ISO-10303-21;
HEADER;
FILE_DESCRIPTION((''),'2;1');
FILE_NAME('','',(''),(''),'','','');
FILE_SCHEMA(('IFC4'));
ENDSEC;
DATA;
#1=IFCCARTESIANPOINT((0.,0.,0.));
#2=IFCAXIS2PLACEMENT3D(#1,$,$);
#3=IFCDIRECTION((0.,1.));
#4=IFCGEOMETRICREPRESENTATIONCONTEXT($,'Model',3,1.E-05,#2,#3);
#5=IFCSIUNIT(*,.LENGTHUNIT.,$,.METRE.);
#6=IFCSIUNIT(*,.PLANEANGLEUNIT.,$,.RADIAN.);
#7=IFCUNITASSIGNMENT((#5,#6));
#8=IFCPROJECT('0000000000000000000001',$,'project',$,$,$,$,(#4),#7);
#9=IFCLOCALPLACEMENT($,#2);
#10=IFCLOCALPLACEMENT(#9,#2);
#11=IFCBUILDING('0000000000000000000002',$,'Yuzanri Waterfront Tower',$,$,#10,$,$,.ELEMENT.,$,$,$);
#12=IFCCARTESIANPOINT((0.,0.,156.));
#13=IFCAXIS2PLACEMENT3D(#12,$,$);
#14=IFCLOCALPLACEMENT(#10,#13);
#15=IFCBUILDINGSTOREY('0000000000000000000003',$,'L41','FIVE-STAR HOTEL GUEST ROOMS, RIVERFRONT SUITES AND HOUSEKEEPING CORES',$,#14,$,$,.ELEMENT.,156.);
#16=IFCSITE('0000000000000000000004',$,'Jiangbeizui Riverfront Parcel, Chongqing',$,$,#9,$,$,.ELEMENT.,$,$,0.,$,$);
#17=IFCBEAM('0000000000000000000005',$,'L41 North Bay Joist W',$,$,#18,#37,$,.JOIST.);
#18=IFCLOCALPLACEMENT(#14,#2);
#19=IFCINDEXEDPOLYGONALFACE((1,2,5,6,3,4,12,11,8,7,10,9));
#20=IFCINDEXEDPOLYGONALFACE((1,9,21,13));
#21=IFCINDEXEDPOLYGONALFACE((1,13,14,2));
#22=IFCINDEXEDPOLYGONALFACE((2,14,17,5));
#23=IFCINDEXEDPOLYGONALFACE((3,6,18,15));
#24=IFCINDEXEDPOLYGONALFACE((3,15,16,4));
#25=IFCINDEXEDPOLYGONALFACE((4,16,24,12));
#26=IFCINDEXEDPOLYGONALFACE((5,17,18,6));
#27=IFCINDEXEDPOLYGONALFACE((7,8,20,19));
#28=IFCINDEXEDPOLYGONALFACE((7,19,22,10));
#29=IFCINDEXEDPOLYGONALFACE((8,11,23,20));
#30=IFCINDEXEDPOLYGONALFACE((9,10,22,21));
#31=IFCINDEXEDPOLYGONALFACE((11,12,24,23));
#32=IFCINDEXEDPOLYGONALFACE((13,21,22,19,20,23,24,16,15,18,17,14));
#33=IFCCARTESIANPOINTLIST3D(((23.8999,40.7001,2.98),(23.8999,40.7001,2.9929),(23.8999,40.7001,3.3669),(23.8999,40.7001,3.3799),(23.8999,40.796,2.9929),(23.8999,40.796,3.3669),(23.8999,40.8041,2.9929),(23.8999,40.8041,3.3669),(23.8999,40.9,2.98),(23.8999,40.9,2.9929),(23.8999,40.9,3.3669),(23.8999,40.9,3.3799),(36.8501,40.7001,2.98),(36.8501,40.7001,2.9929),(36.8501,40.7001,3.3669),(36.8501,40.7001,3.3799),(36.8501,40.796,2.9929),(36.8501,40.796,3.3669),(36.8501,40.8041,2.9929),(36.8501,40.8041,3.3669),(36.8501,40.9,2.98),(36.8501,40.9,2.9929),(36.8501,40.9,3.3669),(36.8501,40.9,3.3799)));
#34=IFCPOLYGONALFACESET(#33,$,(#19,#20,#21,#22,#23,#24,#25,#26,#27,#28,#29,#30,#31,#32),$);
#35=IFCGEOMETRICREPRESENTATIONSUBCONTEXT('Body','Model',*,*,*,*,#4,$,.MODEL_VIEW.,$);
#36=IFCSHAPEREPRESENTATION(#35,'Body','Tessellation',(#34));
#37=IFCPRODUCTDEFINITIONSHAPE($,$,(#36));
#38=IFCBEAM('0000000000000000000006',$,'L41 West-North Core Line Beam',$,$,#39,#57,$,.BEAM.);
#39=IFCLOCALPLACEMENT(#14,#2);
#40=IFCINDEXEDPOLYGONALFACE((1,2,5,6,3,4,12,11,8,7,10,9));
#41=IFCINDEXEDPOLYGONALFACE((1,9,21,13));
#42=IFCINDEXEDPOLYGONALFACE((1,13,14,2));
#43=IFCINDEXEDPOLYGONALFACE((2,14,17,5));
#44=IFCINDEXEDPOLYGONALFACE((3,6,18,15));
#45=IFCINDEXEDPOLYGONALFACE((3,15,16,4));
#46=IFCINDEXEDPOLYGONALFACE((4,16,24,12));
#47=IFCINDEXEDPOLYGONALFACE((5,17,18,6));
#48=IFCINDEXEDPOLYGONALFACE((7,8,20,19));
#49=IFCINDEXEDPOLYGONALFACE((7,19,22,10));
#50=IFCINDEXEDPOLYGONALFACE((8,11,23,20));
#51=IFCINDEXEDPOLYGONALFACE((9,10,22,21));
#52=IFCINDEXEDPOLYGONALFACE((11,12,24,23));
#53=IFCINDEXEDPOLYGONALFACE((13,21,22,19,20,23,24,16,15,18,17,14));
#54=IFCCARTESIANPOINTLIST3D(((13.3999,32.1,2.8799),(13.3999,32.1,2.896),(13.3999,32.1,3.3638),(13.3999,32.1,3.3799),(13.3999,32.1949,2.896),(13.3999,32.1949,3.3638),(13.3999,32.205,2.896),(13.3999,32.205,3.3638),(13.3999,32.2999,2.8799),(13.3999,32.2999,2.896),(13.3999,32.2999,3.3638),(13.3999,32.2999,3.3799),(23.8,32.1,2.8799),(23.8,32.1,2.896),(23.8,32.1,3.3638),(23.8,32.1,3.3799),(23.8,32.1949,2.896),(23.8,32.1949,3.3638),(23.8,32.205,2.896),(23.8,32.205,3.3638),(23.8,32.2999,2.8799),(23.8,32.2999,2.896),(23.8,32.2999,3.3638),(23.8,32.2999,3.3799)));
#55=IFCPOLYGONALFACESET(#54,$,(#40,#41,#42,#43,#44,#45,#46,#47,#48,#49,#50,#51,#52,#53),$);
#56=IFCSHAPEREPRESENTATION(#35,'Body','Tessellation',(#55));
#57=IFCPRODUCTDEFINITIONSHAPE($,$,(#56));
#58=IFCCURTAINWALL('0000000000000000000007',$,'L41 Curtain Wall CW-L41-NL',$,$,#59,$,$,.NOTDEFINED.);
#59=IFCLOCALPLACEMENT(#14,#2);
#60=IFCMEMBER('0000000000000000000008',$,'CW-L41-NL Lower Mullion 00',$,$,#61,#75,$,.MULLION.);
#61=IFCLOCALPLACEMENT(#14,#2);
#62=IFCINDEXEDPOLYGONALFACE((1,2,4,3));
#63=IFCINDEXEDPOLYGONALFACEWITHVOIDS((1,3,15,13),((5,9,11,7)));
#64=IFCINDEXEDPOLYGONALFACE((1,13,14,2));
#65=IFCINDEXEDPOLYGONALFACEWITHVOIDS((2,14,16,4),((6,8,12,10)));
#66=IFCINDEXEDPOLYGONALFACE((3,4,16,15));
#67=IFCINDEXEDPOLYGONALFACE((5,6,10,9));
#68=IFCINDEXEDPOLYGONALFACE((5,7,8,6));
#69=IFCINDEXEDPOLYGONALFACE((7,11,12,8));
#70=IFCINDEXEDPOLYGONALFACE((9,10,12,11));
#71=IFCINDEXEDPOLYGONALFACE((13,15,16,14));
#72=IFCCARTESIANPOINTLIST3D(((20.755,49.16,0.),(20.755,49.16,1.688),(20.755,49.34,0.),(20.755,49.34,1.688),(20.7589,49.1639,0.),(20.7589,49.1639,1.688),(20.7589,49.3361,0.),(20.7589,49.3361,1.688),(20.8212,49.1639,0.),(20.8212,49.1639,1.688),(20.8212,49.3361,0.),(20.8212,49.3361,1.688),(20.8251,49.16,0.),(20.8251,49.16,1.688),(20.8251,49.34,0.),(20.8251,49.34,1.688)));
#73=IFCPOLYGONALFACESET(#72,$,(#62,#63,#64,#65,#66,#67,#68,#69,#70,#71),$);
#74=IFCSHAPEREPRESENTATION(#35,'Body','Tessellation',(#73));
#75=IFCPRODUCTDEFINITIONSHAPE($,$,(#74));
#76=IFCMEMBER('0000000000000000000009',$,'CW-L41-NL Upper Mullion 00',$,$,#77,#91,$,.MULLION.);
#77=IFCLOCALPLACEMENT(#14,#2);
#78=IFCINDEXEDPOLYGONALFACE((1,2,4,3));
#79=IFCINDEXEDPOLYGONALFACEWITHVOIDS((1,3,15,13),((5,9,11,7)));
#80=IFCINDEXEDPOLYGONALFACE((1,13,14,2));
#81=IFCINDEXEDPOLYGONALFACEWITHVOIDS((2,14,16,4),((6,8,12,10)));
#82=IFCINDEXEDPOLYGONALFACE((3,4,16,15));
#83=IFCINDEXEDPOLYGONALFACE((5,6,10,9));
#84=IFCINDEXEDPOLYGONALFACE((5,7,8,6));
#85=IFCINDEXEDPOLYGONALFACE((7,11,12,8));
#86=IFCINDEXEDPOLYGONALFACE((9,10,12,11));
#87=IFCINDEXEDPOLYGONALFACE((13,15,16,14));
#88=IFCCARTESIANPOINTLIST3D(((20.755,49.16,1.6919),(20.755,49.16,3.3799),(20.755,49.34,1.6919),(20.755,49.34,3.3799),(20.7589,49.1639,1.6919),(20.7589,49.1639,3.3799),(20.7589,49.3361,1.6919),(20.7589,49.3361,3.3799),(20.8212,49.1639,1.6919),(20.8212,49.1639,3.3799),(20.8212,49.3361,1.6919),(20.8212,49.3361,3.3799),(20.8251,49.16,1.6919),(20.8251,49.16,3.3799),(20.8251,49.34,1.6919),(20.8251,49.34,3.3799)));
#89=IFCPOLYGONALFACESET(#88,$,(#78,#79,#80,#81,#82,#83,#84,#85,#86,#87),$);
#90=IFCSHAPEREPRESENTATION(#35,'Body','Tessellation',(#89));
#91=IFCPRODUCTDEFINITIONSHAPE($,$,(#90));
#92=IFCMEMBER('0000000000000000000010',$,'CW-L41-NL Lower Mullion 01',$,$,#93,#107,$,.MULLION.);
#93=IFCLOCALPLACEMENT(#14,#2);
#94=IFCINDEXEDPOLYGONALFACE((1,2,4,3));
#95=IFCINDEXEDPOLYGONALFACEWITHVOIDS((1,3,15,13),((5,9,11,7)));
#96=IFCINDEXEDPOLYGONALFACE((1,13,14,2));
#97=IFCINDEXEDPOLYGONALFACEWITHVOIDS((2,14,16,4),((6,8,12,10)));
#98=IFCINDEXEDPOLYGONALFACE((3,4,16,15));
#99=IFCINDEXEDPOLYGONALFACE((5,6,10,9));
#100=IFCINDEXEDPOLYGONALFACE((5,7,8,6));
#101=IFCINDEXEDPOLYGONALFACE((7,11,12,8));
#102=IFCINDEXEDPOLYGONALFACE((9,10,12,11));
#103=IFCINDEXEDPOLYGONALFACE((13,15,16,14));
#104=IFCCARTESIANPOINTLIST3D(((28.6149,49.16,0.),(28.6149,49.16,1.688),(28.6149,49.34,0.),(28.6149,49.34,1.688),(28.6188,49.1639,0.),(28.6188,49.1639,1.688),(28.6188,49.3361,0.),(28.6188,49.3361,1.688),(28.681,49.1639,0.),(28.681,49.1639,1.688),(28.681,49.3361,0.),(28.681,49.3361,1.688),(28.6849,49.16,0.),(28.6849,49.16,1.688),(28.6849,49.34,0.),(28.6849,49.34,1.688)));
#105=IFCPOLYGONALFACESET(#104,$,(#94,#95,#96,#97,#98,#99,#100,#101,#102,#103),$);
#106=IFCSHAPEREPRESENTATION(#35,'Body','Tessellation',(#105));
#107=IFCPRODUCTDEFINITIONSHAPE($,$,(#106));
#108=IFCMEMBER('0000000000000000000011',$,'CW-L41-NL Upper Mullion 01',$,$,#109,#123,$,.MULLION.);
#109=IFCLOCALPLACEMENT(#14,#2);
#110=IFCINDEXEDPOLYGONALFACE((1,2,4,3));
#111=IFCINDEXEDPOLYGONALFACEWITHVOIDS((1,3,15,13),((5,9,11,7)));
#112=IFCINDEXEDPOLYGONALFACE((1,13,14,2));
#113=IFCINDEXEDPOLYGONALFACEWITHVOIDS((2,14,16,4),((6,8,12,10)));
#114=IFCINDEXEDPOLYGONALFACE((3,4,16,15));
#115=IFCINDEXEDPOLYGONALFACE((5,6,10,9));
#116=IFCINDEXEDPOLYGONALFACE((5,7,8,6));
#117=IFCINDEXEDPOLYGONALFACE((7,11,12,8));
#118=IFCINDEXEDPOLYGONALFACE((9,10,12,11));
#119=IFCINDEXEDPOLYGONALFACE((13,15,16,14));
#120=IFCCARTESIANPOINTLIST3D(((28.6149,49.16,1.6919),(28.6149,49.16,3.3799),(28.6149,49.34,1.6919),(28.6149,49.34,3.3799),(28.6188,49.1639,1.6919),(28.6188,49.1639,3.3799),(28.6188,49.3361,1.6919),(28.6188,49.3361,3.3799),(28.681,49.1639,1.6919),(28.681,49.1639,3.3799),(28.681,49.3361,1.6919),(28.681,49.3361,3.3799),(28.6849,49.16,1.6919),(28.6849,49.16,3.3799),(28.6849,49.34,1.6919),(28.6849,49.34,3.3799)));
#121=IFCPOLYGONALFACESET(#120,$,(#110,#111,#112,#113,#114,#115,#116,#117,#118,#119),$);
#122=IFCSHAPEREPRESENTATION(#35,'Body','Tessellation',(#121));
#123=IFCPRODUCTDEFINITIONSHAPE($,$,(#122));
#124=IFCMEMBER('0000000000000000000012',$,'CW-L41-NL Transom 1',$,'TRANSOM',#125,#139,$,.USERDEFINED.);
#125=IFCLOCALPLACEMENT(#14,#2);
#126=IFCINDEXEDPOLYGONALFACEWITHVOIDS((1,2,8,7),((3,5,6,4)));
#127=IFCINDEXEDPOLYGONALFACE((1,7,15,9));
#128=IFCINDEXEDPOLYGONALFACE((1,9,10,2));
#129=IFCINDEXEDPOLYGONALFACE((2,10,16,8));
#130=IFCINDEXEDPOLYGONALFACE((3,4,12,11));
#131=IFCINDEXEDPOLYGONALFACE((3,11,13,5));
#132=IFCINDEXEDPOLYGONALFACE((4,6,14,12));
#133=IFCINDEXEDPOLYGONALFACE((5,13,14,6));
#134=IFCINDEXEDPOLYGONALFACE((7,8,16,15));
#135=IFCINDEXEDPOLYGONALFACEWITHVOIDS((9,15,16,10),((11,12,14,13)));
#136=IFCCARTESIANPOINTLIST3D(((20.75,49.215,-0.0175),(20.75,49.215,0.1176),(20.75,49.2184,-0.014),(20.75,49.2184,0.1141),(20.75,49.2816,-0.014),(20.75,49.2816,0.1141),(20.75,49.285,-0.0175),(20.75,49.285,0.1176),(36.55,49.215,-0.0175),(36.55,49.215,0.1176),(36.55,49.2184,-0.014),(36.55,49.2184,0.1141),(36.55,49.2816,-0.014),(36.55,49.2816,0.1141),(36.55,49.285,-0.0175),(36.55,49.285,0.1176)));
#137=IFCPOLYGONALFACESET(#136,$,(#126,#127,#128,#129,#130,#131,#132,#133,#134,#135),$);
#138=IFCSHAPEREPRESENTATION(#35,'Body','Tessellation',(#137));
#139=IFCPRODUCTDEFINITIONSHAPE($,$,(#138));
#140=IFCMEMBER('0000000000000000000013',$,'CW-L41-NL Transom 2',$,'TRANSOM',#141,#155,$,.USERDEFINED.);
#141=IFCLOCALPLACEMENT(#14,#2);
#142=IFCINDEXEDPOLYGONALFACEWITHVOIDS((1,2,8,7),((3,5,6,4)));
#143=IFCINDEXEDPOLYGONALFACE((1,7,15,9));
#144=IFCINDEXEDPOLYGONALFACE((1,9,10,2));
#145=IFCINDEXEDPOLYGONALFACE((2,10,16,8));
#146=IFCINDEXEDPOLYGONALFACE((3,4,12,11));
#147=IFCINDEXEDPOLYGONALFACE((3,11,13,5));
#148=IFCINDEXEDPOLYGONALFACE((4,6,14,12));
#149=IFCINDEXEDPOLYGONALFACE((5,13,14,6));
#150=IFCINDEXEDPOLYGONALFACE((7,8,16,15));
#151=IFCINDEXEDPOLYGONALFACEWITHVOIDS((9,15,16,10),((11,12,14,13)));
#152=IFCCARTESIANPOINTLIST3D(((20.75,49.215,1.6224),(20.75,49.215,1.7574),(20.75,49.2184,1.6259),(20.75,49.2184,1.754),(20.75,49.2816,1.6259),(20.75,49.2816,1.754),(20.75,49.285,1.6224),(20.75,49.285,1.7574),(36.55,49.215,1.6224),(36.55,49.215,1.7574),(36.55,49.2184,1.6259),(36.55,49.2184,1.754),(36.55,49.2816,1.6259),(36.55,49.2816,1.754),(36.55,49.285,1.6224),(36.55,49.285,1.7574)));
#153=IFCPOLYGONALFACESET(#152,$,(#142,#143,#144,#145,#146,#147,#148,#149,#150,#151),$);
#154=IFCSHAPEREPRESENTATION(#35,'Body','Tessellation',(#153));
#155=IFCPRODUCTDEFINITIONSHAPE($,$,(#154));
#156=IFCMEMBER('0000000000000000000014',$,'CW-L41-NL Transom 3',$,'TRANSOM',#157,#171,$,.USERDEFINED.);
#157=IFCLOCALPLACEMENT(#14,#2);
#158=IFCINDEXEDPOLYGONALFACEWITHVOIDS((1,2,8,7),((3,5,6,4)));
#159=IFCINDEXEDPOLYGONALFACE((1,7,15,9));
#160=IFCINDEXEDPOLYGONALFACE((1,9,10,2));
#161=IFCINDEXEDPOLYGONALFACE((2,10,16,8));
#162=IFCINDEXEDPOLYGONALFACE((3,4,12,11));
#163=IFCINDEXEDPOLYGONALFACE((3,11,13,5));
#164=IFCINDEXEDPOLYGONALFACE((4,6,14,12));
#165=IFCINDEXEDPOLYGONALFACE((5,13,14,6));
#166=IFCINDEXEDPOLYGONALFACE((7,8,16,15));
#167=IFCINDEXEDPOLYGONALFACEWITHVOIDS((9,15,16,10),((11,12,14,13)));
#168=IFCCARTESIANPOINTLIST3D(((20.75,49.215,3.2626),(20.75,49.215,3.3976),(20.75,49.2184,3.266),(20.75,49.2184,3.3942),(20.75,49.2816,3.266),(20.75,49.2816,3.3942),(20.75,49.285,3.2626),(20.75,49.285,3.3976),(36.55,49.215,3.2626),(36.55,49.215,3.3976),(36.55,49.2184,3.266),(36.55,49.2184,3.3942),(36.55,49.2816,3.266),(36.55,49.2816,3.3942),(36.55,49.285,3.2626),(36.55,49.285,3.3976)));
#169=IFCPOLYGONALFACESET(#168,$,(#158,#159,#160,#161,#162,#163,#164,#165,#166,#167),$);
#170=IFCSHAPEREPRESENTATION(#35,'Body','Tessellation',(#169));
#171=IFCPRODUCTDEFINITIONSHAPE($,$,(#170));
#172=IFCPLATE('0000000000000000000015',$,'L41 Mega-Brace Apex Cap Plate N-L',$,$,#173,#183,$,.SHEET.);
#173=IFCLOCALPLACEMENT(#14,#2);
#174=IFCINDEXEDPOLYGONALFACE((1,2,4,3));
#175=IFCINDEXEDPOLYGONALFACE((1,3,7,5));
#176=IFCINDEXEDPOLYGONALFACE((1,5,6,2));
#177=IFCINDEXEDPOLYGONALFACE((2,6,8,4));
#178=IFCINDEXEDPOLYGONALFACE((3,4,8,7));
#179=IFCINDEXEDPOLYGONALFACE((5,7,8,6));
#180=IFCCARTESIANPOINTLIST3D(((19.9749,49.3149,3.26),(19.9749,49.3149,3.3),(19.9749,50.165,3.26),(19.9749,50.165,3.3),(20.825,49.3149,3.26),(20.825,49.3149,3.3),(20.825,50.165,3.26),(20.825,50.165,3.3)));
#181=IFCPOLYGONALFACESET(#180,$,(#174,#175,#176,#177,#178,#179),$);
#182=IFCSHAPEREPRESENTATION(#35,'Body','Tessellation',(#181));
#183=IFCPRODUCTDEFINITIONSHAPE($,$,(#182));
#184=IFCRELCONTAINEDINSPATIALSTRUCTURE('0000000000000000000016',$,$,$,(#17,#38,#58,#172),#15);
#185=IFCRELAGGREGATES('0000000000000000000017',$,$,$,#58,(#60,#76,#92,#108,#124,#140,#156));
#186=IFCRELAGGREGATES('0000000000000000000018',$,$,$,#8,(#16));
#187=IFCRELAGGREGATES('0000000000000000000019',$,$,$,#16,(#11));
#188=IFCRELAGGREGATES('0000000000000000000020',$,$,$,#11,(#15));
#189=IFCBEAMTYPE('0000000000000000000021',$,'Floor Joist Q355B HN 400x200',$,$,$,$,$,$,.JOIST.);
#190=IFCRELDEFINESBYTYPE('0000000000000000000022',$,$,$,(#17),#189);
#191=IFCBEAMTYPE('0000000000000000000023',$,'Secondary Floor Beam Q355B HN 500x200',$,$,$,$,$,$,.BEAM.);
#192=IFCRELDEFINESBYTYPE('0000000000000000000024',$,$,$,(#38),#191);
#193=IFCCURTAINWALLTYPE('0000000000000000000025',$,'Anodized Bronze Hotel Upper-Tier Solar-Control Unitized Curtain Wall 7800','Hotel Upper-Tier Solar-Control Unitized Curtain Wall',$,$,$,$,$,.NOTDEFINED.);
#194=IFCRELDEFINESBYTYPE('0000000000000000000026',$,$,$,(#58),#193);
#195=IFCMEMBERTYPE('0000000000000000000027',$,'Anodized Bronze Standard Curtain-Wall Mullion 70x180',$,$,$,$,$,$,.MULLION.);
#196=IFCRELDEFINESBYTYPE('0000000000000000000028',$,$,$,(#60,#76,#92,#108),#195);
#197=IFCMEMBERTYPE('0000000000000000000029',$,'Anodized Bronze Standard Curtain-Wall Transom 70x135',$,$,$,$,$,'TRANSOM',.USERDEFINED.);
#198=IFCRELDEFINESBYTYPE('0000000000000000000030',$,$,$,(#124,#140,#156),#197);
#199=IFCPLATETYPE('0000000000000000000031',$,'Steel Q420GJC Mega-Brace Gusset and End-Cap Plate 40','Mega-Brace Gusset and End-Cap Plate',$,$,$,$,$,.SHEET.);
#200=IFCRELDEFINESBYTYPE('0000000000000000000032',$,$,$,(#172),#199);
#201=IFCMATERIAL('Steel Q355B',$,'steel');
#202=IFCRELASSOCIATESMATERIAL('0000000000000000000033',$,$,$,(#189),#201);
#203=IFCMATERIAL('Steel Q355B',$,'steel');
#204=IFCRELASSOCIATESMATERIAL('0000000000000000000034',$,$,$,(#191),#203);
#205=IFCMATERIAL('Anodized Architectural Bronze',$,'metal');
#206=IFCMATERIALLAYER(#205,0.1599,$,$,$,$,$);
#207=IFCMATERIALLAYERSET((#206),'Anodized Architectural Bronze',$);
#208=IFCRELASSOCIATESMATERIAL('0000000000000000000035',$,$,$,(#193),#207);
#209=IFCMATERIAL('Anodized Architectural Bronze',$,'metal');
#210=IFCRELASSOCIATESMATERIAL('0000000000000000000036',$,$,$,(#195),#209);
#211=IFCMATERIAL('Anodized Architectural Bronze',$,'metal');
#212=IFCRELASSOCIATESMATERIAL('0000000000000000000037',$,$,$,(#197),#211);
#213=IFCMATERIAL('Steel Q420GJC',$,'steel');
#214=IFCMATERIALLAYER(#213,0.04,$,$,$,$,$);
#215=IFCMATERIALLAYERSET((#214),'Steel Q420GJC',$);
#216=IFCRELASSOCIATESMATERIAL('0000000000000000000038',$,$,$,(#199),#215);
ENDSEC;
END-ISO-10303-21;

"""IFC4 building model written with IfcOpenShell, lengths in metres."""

from ifc_helpers import new_model, si_unit, direction, frame, origin, origin_2d, place, context, subcontext, project, spatial, rectangle, hollow_rectangle, i_section, extrude, source, transform, mapped, material, layer, layer_set, material_profile, profile_set, type_object, element, aggregate, save


model = new_model("IFC4")

# Units and contexts
model_context = context("Model", 3, precision=1e-05, world=origin(), true_north=direction((0.0, 1.0)))
body_context = subcontext(model_context, "Body", "Model", "MODEL_VIEW")
ifc_project = project(units=[si_unit("LENGTHUNIT", "METRE"), si_unit("PLANEANGLEUNIT", "RADIAN")], contexts=[model_context])

# Site, building, storey
site_placement = place(None, origin())
site = spatial("IfcSite", under=ifc_project, at=site_placement, Name="Jiangbeizui Riverfront Parcel, Chongqing", CompositionType="ELEMENT", RefElevation=0.0)
building_placement = place(site_placement, origin())
building = spatial("IfcBuilding", under=site, at=building_placement, Name="Yuzanri Waterfront Tower", CompositionType="ELEMENT")
storey_placement = place(building_placement, frame((0.0, 0.0, 156.0)))
storey = spatial("IfcBuildingStorey", under=building, at=storey_placement, Name="L41", Description="FIVE-STAR HOTEL GUEST ROOMS, RIVERFRONT SUITES AND HOUSEKEEPING CORES", CompositionType="ELEMENT", Elevation=156.0)

# Beams
ifc_material_1 = material(Name="Steel Q355B", Category="steel")
ifc_material_profile_1 = material_profile(ifc_material_1, i_section(OverallWidth=0.2, OverallDepth=0.3999, WebThickness=0.0081, FlangeThickness=0.0129, at=origin_2d()), Name="HN 400x200x8x13")
ifc_profile_set_1 = profile_set([ifc_material_profile_1], Name="Steel Q355B")
beam_type_1 = type_object("IfcBeamType", Name="Floor Joist Q355B HN 400x200", PredefinedType="JOIST", material=ifc_profile_set_1)
shared_shape_1 = source(origin(), body_context, "Body", "SweptSolid", [
    extrude(i_section(OverallWidth=0.2, OverallDepth=0.3999, WebThickness=0.0081, FlangeThickness=0.0129, at=origin_2d()), origin(), (0.0, 0.0, 1.0), 12.9502),
])
beam_1_placement = place(storey_placement, frame((23.8999, 40.8, 3.1799), z_axis=(1.0, 0.0, 0.0), x_axis=(0.0, 1.0, 0.0)))
element("IfcBeam", 1, at=beam_1_placement, inside=storey, type_object=beam_type_1, Name="L41 North Bay Joist W", PredefinedType="JOIST", context=body_context, shape_type="MappedRepresentation", body=[
    mapped(shared_shape_1, transform((0.0, 0.0, 0.0), scale=1.0)),
])
ifc_material_2 = material(Name="Steel Q355B", Category="steel")
ifc_material_profile_2 = material_profile(ifc_material_2, i_section(OverallWidth=0.2, OverallDepth=0.5, WebThickness=0.01, FlangeThickness=0.0161, at=origin_2d()), Name="HN 500x200x10x16")
ifc_profile_set_2 = profile_set([ifc_material_profile_2], Name="Steel Q355B")
beam_type_2 = type_object("IfcBeamType", Name="Secondary Floor Beam Q355B HN 500x200", PredefinedType="BEAM", material=ifc_profile_set_2)
shared_shape_2 = source(origin(), body_context, "Body", "SweptSolid", [
    extrude(i_section(OverallWidth=0.2, OverallDepth=0.5, WebThickness=0.01, FlangeThickness=0.0161, at=origin_2d()), origin(), (0.0, 0.0, 1.0), 10.4001),
])
beam_2_placement = place(storey_placement, frame((23.8, 32.2, 3.1299), z_axis=(-1.0, 0.0, 0.0), x_axis=(0.0, -1.0, 0.0)))
element("IfcBeam", 2, at=beam_2_placement, inside=storey, type_object=beam_type_2, Name="L41 West-North Core Line Beam", PredefinedType="BEAM", context=body_context, shape_type="MappedRepresentation", body=[
    mapped(shared_shape_2, transform((0.0, 0.0, 0.0), scale=1.0)),
])

# Curtain wall, members
ifc_material_3 = material(Name="Anodized Architectural Bronze", Category="metal")
ifc_layer_1 = layer(ifc_material_3, 0.1599)
ifc_layer_set_1 = layer_set([ifc_layer_1], Name="Anodized Architectural Bronze")
curtain_wall_type = type_object("IfcCurtainWallType", Name="Anodized Bronze Hotel Upper-Tier Solar-Control Unitized Curtain Wall 7800", Description="Hotel Upper-Tier Solar-Control Unitized Curtain Wall", PredefinedType="NOTDEFINED", material=ifc_layer_set_1)
curtain_wall_placement = place(storey_placement, origin())
curtain_wall = element("IfcCurtainWall", 3, at=curtain_wall_placement, inside=storey, type_object=curtain_wall_type, Name="L41 Curtain Wall CW-L41-NL", PredefinedType="NOTDEFINED")
ifc_material_4 = material(Name="Anodized Architectural Bronze", Category="metal")
ifc_material_profile_3 = material_profile(ifc_material_4, hollow_rectangle(XDim=0.0701, YDim=0.1799, WallThickness=0.0039, at=origin_2d()), Name="CWM 70x180")
ifc_profile_set_3 = profile_set([ifc_material_profile_3], Name="Anodized Architectural Bronze")
member_type_1 = type_object("IfcMemberType", Name="Anodized Bronze Standard Curtain-Wall Mullion 70x180", PredefinedType="MULLION", material=ifc_profile_set_3)
shared_shape_3 = source(origin(), body_context, "Body", "SweptSolid", [
    extrude(hollow_rectangle(XDim=0.0701, YDim=0.1799, WallThickness=0.0039, at=origin_2d()), origin(), (0.0, 0.0, 1.0), 1.688),
])
member_1_placement = place(storey_placement, frame((20.79, 49.25, 0.0), z_axis=(0.0, 0.0, 1.0), x_axis=(1.0, 0.0, 0.0)))
member_1 = element("IfcMember", 4, at=member_1_placement, type_object=member_type_1, Name="CW-L41-NL Lower Mullion 00", PredefinedType="MULLION", context=body_context, shape_type="MappedRepresentation", body=[
    mapped(shared_shape_3, transform((0.0, 0.0, 0.0), scale=1.0)),
])
member_2_placement = place(storey_placement, frame((20.79, 49.25, 1.6919), z_axis=(0.0, 0.0, 1.0), x_axis=(1.0, 0.0, 0.0)))
member_2 = element("IfcMember", 5, at=member_2_placement, type_object=member_type_1, Name="CW-L41-NL Upper Mullion 00", PredefinedType="MULLION", context=body_context, shape_type="MappedRepresentation", body=[
    mapped(shared_shape_3, transform((0.0, 0.0, 0.0), scale=1.0)),
])
member_3_placement = place(storey_placement, frame((28.6499, 49.25, 0.0), z_axis=(0.0, 0.0, 1.0), x_axis=(1.0, 0.0, 0.0)))
member_3 = element("IfcMember", 6, at=member_3_placement, type_object=member_type_1, Name="CW-L41-NL Lower Mullion 01", PredefinedType="MULLION", context=body_context, shape_type="MappedRepresentation", body=[
    mapped(shared_shape_3, transform((0.0, 0.0, 0.0), scale=1.0)),
])
member_4_placement = place(storey_placement, frame((28.6499, 49.25, 1.6919), z_axis=(0.0, 0.0, 1.0), x_axis=(1.0, 0.0, 0.0)))
member_4 = element("IfcMember", 7, at=member_4_placement, type_object=member_type_1, Name="CW-L41-NL Upper Mullion 01", PredefinedType="MULLION", context=body_context, shape_type="MappedRepresentation", body=[
    mapped(shared_shape_3, transform((0.0, 0.0, 0.0), scale=1.0)),
])
ifc_material_5 = material(Name="Anodized Architectural Bronze", Category="metal")
ifc_material_profile_4 = material_profile(ifc_material_5, hollow_rectangle(XDim=0.0701, YDim=0.135, WallThickness=0.0034, at=origin_2d()), Name="CWT 70x135")
ifc_profile_set_4 = profile_set([ifc_material_profile_4], Name="Anodized Architectural Bronze")
member_type_2 = type_object("IfcMemberType", Name="Anodized Bronze Standard Curtain-Wall Transom 70x135", ElementType="TRANSOM", PredefinedType="USERDEFINED", material=ifc_profile_set_4)
shared_shape_4 = source(origin(), body_context, "Body", "SweptSolid", [
    extrude(hollow_rectangle(XDim=0.0701, YDim=0.135, WallThickness=0.0034, at=origin_2d()), origin(), (0.0, 0.0, 1.0), 15.8),
])
member_5_placement = place(storey_placement, frame((20.75, 49.25, 0.05), z_axis=(1.0, 0.0, 0.0), x_axis=(0.0, 1.0, 0.0)))
member_5 = element("IfcMember", 8, at=member_5_placement, type_object=member_type_2, Name="CW-L41-NL Transom 1", ObjectType="TRANSOM", PredefinedType="USERDEFINED", context=body_context, shape_type="MappedRepresentation", body=[
    mapped(shared_shape_4, transform((0.0, 0.0, 0.0), scale=1.0)),
])
member_6_placement = place(storey_placement, frame((20.75, 49.25, 1.6899), z_axis=(1.0, 0.0, 0.0), x_axis=(0.0, 1.0, 0.0)))
member_6 = element("IfcMember", 9, at=member_6_placement, type_object=member_type_2, Name="CW-L41-NL Transom 2", ObjectType="TRANSOM", PredefinedType="USERDEFINED", context=body_context, shape_type="MappedRepresentation", body=[
    mapped(shared_shape_4, transform((0.0, 0.0, 0.0), scale=1.0)),
])
member_7_placement = place(storey_placement, frame((20.75, 49.25, 3.3301), z_axis=(1.0, 0.0, 0.0), x_axis=(0.0, 1.0, 0.0)))
member_7 = element("IfcMember", 10, at=member_7_placement, type_object=member_type_2, Name="CW-L41-NL Transom 3", ObjectType="TRANSOM", PredefinedType="USERDEFINED", context=body_context, shape_type="MappedRepresentation", body=[
    mapped(shared_shape_4, transform((0.0, 0.0, 0.0), scale=1.0)),
])

# Plate
ifc_material_6 = material(Name="Steel Q420GJC", Category="steel")
ifc_layer_2 = layer(ifc_material_6, 0.04)
ifc_layer_set_2 = layer_set([ifc_layer_2], Name="Steel Q420GJC")
plate_type_1 = type_object("IfcPlateType", Name="Steel Q420GJC Mega-Brace Gusset and End-Cap Plate 40", Description="Mega-Brace Gusset and End-Cap Plate", PredefinedType="SHEET", material=ifc_layer_set_2)
shared_shape_5 = source(origin(), body_context, "Body", "SweptSolid", [
    extrude(rectangle(XDim=0.8501, YDim=0.8501, at=origin_2d()), origin(), (0.0, 0.0, 1.0), 0.04),
])
plate_1_placement = place(storey_placement, frame((20.3999, 49.74, 3.26), z_axis=(0.0, 0.0, 1.0), x_axis=(1.0, 0.0, 0.0)))
element("IfcPlate", 11, at=plate_1_placement, inside=storey, type_object=plate_type_1, Name="L41 Mega-Brace Apex Cap Plate N-L", PredefinedType="SHEET", context=body_context, shape_type="MappedRepresentation", body=[
    mapped(shared_shape_5, transform((0.0, 0.0, 0.0), scale=1.0)),
])
aggregate(curtain_wall, [member_1, member_2, member_3, member_4, member_5, member_6, member_7])

save(model, "model.ifc")
